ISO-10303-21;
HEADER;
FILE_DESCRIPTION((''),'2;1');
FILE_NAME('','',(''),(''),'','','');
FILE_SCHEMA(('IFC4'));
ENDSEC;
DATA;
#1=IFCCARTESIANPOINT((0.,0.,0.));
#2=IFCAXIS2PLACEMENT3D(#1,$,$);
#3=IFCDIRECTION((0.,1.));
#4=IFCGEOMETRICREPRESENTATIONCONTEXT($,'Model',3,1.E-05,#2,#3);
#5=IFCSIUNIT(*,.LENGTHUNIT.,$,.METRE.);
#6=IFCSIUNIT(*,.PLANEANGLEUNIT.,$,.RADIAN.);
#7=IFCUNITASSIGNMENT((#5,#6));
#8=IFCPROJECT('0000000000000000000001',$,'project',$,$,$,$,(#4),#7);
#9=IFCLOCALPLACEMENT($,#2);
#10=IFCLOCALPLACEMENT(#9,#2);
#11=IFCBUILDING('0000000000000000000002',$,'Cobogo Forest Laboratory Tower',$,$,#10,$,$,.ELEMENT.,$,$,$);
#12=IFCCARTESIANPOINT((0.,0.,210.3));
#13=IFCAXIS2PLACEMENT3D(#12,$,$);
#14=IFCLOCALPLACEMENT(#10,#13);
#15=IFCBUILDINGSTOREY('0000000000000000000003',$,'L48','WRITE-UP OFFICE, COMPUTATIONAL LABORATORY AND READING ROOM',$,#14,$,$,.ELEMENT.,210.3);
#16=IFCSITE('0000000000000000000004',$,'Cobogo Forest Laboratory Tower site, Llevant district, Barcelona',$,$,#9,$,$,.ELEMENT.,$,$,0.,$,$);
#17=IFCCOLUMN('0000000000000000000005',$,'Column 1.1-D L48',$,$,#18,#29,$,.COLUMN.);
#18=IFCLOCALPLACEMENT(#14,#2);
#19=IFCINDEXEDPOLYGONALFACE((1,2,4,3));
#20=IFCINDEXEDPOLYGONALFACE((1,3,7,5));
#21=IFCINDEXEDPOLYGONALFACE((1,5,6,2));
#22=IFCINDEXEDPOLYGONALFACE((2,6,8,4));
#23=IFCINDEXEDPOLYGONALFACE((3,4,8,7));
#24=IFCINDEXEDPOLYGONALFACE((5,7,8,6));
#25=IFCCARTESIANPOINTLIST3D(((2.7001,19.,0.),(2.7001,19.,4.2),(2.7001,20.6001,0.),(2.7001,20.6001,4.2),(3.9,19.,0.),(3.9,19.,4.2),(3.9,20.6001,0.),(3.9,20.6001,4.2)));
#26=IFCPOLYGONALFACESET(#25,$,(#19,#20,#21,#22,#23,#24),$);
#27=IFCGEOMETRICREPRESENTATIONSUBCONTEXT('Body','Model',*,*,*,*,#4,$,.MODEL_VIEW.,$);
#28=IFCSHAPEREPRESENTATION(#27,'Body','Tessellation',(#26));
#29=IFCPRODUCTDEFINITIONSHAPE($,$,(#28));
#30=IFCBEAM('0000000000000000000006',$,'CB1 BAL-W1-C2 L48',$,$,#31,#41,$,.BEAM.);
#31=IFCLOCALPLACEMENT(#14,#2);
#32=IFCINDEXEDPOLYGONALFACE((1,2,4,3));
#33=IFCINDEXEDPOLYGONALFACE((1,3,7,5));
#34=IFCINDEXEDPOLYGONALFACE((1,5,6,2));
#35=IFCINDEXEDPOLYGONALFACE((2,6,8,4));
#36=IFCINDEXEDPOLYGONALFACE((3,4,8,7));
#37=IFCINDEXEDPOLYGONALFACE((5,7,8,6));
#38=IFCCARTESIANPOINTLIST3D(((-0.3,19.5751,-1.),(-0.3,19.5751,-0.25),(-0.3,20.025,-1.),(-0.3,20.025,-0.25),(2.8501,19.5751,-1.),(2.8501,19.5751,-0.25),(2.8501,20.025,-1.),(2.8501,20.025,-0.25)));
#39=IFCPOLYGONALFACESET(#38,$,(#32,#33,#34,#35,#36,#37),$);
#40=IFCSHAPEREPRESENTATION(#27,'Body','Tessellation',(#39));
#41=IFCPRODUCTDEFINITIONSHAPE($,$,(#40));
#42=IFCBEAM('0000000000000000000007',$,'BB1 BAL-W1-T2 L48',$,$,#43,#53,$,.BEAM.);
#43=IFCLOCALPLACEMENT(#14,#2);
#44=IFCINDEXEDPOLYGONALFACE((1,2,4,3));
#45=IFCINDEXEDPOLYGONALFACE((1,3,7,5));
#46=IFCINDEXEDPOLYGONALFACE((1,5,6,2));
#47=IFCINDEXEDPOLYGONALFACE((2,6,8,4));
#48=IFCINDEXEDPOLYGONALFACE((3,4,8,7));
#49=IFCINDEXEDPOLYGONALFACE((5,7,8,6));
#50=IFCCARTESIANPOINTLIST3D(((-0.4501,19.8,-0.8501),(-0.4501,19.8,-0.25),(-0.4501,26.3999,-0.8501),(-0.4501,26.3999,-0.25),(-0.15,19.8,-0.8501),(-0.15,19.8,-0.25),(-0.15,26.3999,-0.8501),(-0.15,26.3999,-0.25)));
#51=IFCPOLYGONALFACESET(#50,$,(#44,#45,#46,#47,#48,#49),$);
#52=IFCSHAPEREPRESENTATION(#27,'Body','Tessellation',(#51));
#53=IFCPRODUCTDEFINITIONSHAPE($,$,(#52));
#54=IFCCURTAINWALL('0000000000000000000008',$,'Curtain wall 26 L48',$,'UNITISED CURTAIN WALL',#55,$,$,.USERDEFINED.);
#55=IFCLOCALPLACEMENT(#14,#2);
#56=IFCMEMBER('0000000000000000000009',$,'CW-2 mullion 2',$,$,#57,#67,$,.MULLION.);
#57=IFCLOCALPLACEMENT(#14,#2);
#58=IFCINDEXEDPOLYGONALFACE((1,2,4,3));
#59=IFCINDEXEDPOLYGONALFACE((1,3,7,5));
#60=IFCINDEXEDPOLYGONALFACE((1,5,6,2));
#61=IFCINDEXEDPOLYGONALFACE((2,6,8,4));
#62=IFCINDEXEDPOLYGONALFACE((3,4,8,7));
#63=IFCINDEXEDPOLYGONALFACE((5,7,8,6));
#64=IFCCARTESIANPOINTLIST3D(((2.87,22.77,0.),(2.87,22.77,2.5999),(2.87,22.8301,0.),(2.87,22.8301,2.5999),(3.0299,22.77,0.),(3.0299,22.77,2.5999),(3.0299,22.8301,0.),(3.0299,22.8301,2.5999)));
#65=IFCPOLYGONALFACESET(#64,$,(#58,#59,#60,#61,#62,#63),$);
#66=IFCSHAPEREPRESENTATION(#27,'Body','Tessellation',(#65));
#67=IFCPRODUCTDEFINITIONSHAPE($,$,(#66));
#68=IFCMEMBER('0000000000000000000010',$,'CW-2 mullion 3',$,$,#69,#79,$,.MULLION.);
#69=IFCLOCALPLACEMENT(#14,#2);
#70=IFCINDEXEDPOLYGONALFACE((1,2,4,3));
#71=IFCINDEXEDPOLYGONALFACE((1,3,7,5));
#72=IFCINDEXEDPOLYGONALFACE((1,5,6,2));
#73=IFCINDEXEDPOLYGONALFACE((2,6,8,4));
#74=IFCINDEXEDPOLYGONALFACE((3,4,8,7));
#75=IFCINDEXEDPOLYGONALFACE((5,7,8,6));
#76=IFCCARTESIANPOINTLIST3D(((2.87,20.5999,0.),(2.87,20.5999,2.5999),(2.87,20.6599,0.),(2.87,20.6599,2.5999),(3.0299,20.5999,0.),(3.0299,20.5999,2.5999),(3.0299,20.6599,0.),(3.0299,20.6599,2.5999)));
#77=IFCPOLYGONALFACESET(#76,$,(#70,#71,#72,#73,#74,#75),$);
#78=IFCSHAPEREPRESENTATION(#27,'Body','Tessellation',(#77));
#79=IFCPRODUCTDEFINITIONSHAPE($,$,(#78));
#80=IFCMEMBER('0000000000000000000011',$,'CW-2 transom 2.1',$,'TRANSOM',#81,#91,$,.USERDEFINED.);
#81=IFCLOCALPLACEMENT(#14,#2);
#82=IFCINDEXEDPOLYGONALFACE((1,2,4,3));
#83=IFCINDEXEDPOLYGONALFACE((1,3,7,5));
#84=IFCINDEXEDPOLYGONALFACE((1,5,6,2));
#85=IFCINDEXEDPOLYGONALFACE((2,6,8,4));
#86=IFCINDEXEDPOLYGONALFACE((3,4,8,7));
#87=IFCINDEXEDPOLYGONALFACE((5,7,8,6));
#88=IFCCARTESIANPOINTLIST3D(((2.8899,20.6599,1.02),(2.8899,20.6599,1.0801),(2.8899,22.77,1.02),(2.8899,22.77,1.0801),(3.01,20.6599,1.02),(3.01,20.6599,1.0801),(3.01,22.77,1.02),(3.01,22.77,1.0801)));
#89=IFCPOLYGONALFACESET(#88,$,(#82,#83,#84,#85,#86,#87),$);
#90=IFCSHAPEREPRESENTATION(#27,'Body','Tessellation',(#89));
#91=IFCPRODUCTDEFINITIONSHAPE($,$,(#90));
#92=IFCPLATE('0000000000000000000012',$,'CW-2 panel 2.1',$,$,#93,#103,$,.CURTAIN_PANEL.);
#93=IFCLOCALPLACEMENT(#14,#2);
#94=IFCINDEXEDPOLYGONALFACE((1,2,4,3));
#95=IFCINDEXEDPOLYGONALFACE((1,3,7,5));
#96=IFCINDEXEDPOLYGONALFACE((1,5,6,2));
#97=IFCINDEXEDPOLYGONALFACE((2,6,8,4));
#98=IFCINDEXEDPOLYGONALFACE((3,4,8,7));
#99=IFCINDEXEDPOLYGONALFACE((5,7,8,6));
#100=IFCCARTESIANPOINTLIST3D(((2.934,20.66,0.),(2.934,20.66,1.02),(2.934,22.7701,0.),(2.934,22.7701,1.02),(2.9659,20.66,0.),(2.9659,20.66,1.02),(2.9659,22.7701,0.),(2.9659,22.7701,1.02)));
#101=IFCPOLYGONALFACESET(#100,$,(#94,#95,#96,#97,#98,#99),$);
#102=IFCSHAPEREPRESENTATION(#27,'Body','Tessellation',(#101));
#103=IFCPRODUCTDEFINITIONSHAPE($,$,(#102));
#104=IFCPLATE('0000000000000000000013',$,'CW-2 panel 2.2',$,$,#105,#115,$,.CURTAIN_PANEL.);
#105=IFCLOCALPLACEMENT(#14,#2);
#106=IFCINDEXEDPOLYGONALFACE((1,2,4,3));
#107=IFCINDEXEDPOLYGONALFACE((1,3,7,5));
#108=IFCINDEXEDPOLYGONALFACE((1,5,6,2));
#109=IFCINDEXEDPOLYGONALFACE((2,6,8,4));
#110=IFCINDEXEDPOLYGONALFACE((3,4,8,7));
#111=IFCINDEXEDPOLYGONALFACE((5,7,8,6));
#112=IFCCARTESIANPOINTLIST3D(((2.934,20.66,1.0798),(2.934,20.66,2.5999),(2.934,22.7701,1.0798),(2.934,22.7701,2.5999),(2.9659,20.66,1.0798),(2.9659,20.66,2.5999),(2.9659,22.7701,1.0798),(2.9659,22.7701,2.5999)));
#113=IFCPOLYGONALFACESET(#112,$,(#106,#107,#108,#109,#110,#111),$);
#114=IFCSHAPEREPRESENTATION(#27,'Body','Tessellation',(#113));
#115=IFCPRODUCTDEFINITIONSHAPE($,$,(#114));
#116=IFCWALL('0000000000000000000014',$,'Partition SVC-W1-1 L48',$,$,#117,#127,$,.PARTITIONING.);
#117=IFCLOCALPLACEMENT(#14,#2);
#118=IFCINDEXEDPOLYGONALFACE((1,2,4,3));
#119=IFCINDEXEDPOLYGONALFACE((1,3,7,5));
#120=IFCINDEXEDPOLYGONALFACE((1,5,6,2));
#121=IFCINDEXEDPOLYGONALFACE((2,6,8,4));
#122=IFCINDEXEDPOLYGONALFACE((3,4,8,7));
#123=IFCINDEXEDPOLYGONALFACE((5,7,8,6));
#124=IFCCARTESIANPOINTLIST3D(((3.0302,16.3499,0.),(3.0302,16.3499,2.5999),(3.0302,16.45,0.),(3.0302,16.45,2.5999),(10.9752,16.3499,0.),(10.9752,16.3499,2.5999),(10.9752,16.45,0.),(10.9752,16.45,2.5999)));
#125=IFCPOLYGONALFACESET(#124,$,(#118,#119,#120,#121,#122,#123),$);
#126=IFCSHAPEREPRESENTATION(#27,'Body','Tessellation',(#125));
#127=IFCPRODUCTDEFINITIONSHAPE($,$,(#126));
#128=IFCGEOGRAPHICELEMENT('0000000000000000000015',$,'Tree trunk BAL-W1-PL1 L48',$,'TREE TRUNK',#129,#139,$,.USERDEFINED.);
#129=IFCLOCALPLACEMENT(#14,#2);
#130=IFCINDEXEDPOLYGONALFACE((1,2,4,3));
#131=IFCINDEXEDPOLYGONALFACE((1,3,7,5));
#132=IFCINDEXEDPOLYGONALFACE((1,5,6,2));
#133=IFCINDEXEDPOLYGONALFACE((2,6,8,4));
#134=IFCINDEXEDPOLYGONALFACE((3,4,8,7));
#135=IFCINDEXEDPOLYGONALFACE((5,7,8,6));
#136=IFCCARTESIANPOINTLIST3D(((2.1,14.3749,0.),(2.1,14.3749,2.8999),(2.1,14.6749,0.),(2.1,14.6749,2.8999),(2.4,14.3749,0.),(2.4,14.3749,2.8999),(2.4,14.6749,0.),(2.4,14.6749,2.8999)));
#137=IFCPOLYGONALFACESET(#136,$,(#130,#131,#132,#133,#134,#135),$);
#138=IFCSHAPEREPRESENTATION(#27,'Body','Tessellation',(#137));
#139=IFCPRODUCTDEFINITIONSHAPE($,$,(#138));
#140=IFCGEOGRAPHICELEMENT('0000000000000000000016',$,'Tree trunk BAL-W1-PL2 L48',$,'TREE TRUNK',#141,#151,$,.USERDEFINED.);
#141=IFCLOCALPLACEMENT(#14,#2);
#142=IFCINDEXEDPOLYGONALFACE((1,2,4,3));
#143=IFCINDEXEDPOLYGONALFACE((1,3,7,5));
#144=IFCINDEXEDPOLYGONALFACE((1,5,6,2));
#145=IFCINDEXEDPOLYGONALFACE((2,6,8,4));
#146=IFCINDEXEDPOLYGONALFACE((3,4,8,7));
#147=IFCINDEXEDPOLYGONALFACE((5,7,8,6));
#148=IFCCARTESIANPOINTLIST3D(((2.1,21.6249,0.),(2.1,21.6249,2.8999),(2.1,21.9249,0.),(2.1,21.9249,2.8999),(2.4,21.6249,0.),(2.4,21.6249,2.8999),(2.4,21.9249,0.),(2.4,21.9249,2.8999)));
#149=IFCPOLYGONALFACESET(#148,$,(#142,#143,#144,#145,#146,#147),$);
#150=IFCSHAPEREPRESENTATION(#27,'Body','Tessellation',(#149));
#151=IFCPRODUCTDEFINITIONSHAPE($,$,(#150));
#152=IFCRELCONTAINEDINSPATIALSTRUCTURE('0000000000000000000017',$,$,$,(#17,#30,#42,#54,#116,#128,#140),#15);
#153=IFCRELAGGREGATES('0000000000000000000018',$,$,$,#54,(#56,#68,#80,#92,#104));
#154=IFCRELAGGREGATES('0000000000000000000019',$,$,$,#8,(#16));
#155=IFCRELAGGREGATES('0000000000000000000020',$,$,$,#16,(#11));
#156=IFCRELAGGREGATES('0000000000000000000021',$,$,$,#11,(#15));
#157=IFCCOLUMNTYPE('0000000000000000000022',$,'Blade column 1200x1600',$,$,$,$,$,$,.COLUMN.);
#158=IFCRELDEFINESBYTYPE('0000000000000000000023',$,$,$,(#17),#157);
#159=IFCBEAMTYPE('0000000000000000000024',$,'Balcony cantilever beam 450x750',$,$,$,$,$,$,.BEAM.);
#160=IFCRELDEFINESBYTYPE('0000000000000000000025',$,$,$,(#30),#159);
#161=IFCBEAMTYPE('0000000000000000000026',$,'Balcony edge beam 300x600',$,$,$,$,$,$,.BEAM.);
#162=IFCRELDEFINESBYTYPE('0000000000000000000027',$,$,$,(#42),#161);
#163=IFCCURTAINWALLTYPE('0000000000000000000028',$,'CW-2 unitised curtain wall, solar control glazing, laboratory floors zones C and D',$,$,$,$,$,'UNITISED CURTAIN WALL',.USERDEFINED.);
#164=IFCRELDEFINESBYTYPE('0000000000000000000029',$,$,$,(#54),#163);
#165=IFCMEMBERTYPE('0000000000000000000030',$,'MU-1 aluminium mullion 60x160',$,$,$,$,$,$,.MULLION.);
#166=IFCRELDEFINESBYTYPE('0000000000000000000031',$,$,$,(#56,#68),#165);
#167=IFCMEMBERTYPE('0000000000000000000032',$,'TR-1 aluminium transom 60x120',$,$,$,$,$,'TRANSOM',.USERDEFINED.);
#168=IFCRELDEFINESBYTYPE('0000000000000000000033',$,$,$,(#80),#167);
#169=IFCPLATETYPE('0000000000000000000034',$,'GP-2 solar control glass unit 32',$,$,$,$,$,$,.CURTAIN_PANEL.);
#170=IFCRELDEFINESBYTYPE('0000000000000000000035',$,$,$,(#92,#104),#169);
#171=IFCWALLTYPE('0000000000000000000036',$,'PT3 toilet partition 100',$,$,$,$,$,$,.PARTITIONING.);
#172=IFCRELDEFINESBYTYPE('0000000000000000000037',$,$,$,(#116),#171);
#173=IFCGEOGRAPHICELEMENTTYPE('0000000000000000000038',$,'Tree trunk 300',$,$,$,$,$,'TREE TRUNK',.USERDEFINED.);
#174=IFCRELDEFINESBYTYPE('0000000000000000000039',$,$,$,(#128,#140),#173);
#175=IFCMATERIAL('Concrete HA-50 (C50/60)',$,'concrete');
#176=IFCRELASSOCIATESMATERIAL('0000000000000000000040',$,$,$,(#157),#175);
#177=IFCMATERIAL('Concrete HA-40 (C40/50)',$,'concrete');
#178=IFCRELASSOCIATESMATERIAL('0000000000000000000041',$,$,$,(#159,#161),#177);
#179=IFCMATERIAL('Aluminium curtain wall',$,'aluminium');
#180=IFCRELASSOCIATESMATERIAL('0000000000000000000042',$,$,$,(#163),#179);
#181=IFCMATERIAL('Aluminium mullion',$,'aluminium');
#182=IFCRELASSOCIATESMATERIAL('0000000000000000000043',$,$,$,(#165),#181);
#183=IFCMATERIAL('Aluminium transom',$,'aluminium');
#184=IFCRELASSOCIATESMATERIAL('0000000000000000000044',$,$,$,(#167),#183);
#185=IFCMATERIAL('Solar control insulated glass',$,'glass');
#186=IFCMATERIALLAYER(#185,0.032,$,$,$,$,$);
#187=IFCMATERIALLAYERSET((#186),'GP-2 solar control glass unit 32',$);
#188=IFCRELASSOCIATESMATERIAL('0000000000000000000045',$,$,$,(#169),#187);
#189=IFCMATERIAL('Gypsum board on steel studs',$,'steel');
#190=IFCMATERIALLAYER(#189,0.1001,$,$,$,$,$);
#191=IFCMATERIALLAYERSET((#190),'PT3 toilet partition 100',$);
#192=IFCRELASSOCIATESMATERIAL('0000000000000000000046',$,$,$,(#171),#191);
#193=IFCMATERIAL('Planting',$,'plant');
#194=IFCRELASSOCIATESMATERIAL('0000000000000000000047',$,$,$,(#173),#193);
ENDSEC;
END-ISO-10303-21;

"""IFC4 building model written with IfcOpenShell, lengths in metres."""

from ifc_helpers import new_model, si_unit, direction, frame, frame_2d, origin, origin_2d, place, context, subcontext, project, spatial, rectangle, extrude, material, layer, layer_set, material_profile, profile_set, type_object, element, aggregate, save


model = new_model("IFC4")

# Units and contexts
model_context = context("Model", 3, precision=1e-05, world=origin(), true_north=direction((0.0, 1.0)))
body_context = subcontext(model_context, "Body", "Model", "MODEL_VIEW")
ifc_project = project(units=[si_unit("LENGTHUNIT", "METRE"), si_unit("PLANEANGLEUNIT", "RADIAN")], contexts=[model_context])

# Site, building, storey
site_placement = place(None, origin())
site = spatial("IfcSite", under=ifc_project, at=site_placement, Name="Cobogo Forest Laboratory Tower site, Llevant district, Barcelona", CompositionType="ELEMENT", RefElevation=0.0)
building_placement = place(site_placement, origin())
building = spatial("IfcBuilding", under=site, at=building_placement, Name="Cobogo Forest Laboratory Tower", CompositionType="ELEMENT")
storey_placement = place(building_placement, frame((0.0, 0.0, 210.3)))
storey = spatial("IfcBuildingStorey", under=building, at=storey_placement, Name="L48", Description="WRITE-UP OFFICE, COMPUTATIONAL LABORATORY AND READING ROOM", CompositionType="ELEMENT", Elevation=210.3)

# Column
ifc_material_1 = material(Name="Concrete HA-50 (C50/60)", Category="concrete")
ifc_material_profile_1 = material_profile(ifc_material_1, rectangle(XDim=1.6001, YDim=1.2, at=origin_2d()), Name="RC 1200x1600")
ifc_profile_set_1 = profile_set([ifc_material_profile_1], Name="Concrete HA-50 (C50/60)")
column_type = type_object("IfcColumnType", Name="Blade column 1200x1600", PredefinedType="COLUMN", material=ifc_profile_set_1)
column_placement = place(storey_placement, frame((3.3, 19.8, 0.0), z_axis=(0.0, 0.0, 1.0), x_axis=(0.0, 1.0, 0.0)))
element("IfcColumn", 1, at=column_placement, inside=storey, type_object=column_type, Name="Column 1.1-D L48", PredefinedType="COLUMN", context=body_context, shape_type="SweptSolid", body=[
    extrude(rectangle(XDim=1.6001, YDim=1.2, at=origin_2d()), origin(), (0.0, 0.0, 1.0), 4.2),
])

# Beams
ifc_material_2 = material(Name="Concrete HA-40 (C40/50)", Category="concrete")
ifc_material_profile_2 = material_profile(ifc_material_2, rectangle(XDim=0.45, YDim=0.75, at=origin_2d()), Name="RC 450x750")
ifc_profile_set_2 = profile_set([ifc_material_profile_2], Name="Concrete HA-40 (C40/50)")
beam_type_1 = type_object("IfcBeamType", Name="Balcony cantilever beam 450x750", PredefinedType="BEAM", material=ifc_profile_set_2)
beam_1_placement = place(storey_placement, frame((2.8501, 19.8, -0.625), z_axis=(-1.0, 0.0, 0.0), x_axis=(0.0, -1.0, 0.0)))
element("IfcBeam", 2, at=beam_1_placement, inside=storey, type_object=beam_type_1, Name="CB1 BAL-W1-C2 L48", PredefinedType="BEAM", context=body_context, shape_type="SweptSolid", body=[
    extrude(rectangle(XDim=0.45, YDim=0.75, at=origin_2d()), origin(), (0.0, 0.0, 1.0), 3.1501),
])
ifc_material_profile_3 = material_profile(ifc_material_2, rectangle(XDim=0.3, YDim=0.6001, at=origin_2d()), Name="RC 300x600")
ifc_profile_set_3 = profile_set([ifc_material_profile_3], Name="Concrete HA-40 (C40/50)")
beam_type_2 = type_object("IfcBeamType", Name="Balcony edge beam 300x600", PredefinedType="BEAM", material=ifc_profile_set_3)
beam_2_placement = place(storey_placement, frame((-0.3, 19.8, -0.55), z_axis=(0.0, 1.0, 0.0), x_axis=(-1.0, 0.0, 0.0)))
element("IfcBeam", 3, at=beam_2_placement, inside=storey, type_object=beam_type_2, Name="BB1 BAL-W1-T2 L48", PredefinedType="BEAM", context=body_context, shape_type="SweptSolid", body=[
    extrude(rectangle(XDim=0.3, YDim=0.6001, at=origin_2d()), origin(), (0.0, 0.0, 1.0), 6.5999),
])

# Curtain wall, members, plates
ifc_material_3 = material(Name="Aluminium curtain wall", Category="aluminium")
curtain_wall_type = type_object("IfcCurtainWallType", Name="CW-2 unitised curtain wall, solar control glazing, laboratory floors zones C and D", ElementType="UNITISED CURTAIN WALL", PredefinedType="USERDEFINED", material=ifc_material_3)
curtain_wall_placement = place(storey_placement, origin())
curtain_wall = element("IfcCurtainWall", 4, at=curtain_wall_placement, inside=storey, type_object=curtain_wall_type, Name="Curtain wall 26 L48", ObjectType="UNITISED CURTAIN WALL", PredefinedType="USERDEFINED")
ifc_material_4 = material(Name="Aluminium mullion", Category="aluminium")
ifc_material_profile_4 = material_profile(ifc_material_4, rectangle(XDim=0.0601, YDim=0.1599, at=origin_2d()), Name="AL 60x160")
ifc_profile_set_4 = profile_set([ifc_material_profile_4], Name="Aluminium mullion")
member_type_1 = type_object("IfcMemberType", Name="MU-1 aluminium mullion 60x160", PredefinedType="MULLION", material=ifc_profile_set_4)
member_1_placement = place(storey_placement, frame((2.95, 22.8, 0.0), z_axis=(0.0, 0.0, 1.0), x_axis=(0.0, -1.0, 0.0)))
member_1 = element("IfcMember", 5, at=member_1_placement, type_object=member_type_1, Name="CW-2 mullion 2", PredefinedType="MULLION", context=body_context, shape_type="SweptSolid", body=[
    extrude(rectangle(XDim=0.0601, YDim=0.1599, at=origin_2d()), origin(), (0.0, 0.0, 1.0), 2.5999),
])
member_2_placement = place(storey_placement, frame((2.95, 20.6299, 0.0), z_axis=(0.0, 0.0, 1.0), x_axis=(0.0, -1.0, 0.0)))
member_2 = element("IfcMember", 6, at=member_2_placement, type_object=member_type_1, Name="CW-2 mullion 3", PredefinedType="MULLION", context=body_context, shape_type="SweptSolid", body=[
    extrude(rectangle(XDim=0.0601, YDim=0.1599, at=origin_2d()), origin(), (0.0, 0.0, 1.0), 2.5999),
])
ifc_material_5 = material(Name="Aluminium transom", Category="aluminium")
ifc_material_profile_5 = material_profile(ifc_material_5, rectangle(XDim=0.1201, YDim=0.0601, at=origin_2d()), Name="AL 60x120")
ifc_profile_set_5 = profile_set([ifc_material_profile_5], Name="Aluminium transom")
member_type_2 = type_object("IfcMemberType", Name="TR-1 aluminium transom 60x120", ElementType="TRANSOM", PredefinedType="USERDEFINED", material=ifc_profile_set_5)
member_3_placement = place(storey_placement, frame((2.95, 22.77, 1.05), z_axis=(0.0, -1.0, 0.0), x_axis=(1.0, 0.0, 0.0)))
member_3 = element("IfcMember", 7, at=member_3_placement, type_object=member_type_2, Name="CW-2 transom 2.1", ObjectType="TRANSOM", PredefinedType="USERDEFINED", context=body_context, shape_type="SweptSolid", body=[
    extrude(rectangle(XDim=0.1201, YDim=0.0601, at=origin_2d()), origin(), (0.0, 0.0, 1.0), 2.1101),
])
ifc_material_6 = material(Name="Solar control insulated glass", Category="glass")
ifc_layer_1 = layer(ifc_material_6, 0.032)
ifc_layer_set_1 = layer_set([ifc_layer_1], Name="GP-2 solar control glass unit 32")
plate_type = type_object("IfcPlateType", Name="GP-2 solar control glass unit 32", PredefinedType="CURTAIN_PANEL", material=ifc_layer_set_1)
plate_1_placement = place(storey_placement, frame((2.95, 21.7151, 0.0), z_axis=(0.0, 0.0, 1.0), x_axis=(0.0, -1.0, 0.0)))
plate_1 = element("IfcPlate", 8, at=plate_1_placement, type_object=plate_type, Name="CW-2 panel 2.1", PredefinedType="CURTAIN_PANEL", context=body_context, shape_type="SweptSolid", body=[
    extrude(rectangle(XDim=2.1101, YDim=0.032, at=origin_2d()), origin(), (0.0, 0.0, 1.0), 1.02),
])
plate_2_placement = place(storey_placement, frame((2.95, 21.7151, 1.0798), z_axis=(0.0, 0.0, 1.0), x_axis=(0.0, -1.0, 0.0)))
plate_2 = element("IfcPlate", 9, at=plate_2_placement, type_object=plate_type, Name="CW-2 panel 2.2", PredefinedType="CURTAIN_PANEL", context=body_context, shape_type="SweptSolid", body=[
    extrude(rectangle(XDim=2.1101, YDim=0.032, at=origin_2d()), origin(), (0.0, 0.0, 1.0), 1.52),
])
aggregate(curtain_wall, [member_1, member_2, member_3, plate_1, plate_2])

# Wall
ifc_material_7 = material(Name="Gypsum board on steel studs", Category="steel")
ifc_layer_2 = layer(ifc_material_7, 0.1001)
ifc_layer_set_2 = layer_set([ifc_layer_2], Name="PT3 toilet partition 100")
wall_type_1 = type_object("IfcWallType", Name="PT3 toilet partition 100", PredefinedType="PARTITIONING", material=ifc_layer_set_2)
wall_1_placement = place(storey_placement, frame((3.03, 16.3999, 0.0), z_axis=(0.0, 0.0, 1.0), x_axis=(1.0, 0.0, 0.0)))
element("IfcWall", 10, at=wall_1_placement, inside=storey, type_object=wall_type_1, Name="Partition SVC-W1-1 L48", PredefinedType="PARTITIONING", context=body_context, shape_type="SweptSolid", body=[
    extrude(rectangle(XDim=7.9451, YDim=0.1001, at=frame_2d((3.9727, 0.0))), origin(), (0.0, 0.0, 1.0), 2.5999),
])

# Geographic elements
ifc_material_8 = material(Name="Planting", Category="plant")
geographic_element_type = type_object("IfcGeographicElementType", Name="Tree trunk 300", ElementType="TREE TRUNK", PredefinedType="USERDEFINED", material=ifc_material_8)
for number, where, z_axis, x_axis, name in (
    (11, (2.25, 14.5249, 0.0), (0.0, 0.0, 1.0), (1.0, 0.0, 0.0), "Tree trunk BAL-W1-PL1 L48"),
    (12, (2.25, 21.7749, 0.0), (0.0, 0.0, 1.0), (1.0, 0.0, 0.0), "Tree trunk BAL-W1-PL2 L48"),
):
    element("IfcGeographicElement", number, at=place(storey_placement, frame(where, z_axis=z_axis, x_axis=x_axis)), inside=storey, type_object=geographic_element_type, Name=name, ObjectType="TREE TRUNK", PredefinedType="USERDEFINED", context=body_context, shape_type="SweptSolid", body=[
        extrude(rectangle(XDim=0.3, YDim=0.3, at=origin_2d()), origin(), (0.0, 0.0, 1.0), 2.8999),
    ])

save(model, "model.ifc")
